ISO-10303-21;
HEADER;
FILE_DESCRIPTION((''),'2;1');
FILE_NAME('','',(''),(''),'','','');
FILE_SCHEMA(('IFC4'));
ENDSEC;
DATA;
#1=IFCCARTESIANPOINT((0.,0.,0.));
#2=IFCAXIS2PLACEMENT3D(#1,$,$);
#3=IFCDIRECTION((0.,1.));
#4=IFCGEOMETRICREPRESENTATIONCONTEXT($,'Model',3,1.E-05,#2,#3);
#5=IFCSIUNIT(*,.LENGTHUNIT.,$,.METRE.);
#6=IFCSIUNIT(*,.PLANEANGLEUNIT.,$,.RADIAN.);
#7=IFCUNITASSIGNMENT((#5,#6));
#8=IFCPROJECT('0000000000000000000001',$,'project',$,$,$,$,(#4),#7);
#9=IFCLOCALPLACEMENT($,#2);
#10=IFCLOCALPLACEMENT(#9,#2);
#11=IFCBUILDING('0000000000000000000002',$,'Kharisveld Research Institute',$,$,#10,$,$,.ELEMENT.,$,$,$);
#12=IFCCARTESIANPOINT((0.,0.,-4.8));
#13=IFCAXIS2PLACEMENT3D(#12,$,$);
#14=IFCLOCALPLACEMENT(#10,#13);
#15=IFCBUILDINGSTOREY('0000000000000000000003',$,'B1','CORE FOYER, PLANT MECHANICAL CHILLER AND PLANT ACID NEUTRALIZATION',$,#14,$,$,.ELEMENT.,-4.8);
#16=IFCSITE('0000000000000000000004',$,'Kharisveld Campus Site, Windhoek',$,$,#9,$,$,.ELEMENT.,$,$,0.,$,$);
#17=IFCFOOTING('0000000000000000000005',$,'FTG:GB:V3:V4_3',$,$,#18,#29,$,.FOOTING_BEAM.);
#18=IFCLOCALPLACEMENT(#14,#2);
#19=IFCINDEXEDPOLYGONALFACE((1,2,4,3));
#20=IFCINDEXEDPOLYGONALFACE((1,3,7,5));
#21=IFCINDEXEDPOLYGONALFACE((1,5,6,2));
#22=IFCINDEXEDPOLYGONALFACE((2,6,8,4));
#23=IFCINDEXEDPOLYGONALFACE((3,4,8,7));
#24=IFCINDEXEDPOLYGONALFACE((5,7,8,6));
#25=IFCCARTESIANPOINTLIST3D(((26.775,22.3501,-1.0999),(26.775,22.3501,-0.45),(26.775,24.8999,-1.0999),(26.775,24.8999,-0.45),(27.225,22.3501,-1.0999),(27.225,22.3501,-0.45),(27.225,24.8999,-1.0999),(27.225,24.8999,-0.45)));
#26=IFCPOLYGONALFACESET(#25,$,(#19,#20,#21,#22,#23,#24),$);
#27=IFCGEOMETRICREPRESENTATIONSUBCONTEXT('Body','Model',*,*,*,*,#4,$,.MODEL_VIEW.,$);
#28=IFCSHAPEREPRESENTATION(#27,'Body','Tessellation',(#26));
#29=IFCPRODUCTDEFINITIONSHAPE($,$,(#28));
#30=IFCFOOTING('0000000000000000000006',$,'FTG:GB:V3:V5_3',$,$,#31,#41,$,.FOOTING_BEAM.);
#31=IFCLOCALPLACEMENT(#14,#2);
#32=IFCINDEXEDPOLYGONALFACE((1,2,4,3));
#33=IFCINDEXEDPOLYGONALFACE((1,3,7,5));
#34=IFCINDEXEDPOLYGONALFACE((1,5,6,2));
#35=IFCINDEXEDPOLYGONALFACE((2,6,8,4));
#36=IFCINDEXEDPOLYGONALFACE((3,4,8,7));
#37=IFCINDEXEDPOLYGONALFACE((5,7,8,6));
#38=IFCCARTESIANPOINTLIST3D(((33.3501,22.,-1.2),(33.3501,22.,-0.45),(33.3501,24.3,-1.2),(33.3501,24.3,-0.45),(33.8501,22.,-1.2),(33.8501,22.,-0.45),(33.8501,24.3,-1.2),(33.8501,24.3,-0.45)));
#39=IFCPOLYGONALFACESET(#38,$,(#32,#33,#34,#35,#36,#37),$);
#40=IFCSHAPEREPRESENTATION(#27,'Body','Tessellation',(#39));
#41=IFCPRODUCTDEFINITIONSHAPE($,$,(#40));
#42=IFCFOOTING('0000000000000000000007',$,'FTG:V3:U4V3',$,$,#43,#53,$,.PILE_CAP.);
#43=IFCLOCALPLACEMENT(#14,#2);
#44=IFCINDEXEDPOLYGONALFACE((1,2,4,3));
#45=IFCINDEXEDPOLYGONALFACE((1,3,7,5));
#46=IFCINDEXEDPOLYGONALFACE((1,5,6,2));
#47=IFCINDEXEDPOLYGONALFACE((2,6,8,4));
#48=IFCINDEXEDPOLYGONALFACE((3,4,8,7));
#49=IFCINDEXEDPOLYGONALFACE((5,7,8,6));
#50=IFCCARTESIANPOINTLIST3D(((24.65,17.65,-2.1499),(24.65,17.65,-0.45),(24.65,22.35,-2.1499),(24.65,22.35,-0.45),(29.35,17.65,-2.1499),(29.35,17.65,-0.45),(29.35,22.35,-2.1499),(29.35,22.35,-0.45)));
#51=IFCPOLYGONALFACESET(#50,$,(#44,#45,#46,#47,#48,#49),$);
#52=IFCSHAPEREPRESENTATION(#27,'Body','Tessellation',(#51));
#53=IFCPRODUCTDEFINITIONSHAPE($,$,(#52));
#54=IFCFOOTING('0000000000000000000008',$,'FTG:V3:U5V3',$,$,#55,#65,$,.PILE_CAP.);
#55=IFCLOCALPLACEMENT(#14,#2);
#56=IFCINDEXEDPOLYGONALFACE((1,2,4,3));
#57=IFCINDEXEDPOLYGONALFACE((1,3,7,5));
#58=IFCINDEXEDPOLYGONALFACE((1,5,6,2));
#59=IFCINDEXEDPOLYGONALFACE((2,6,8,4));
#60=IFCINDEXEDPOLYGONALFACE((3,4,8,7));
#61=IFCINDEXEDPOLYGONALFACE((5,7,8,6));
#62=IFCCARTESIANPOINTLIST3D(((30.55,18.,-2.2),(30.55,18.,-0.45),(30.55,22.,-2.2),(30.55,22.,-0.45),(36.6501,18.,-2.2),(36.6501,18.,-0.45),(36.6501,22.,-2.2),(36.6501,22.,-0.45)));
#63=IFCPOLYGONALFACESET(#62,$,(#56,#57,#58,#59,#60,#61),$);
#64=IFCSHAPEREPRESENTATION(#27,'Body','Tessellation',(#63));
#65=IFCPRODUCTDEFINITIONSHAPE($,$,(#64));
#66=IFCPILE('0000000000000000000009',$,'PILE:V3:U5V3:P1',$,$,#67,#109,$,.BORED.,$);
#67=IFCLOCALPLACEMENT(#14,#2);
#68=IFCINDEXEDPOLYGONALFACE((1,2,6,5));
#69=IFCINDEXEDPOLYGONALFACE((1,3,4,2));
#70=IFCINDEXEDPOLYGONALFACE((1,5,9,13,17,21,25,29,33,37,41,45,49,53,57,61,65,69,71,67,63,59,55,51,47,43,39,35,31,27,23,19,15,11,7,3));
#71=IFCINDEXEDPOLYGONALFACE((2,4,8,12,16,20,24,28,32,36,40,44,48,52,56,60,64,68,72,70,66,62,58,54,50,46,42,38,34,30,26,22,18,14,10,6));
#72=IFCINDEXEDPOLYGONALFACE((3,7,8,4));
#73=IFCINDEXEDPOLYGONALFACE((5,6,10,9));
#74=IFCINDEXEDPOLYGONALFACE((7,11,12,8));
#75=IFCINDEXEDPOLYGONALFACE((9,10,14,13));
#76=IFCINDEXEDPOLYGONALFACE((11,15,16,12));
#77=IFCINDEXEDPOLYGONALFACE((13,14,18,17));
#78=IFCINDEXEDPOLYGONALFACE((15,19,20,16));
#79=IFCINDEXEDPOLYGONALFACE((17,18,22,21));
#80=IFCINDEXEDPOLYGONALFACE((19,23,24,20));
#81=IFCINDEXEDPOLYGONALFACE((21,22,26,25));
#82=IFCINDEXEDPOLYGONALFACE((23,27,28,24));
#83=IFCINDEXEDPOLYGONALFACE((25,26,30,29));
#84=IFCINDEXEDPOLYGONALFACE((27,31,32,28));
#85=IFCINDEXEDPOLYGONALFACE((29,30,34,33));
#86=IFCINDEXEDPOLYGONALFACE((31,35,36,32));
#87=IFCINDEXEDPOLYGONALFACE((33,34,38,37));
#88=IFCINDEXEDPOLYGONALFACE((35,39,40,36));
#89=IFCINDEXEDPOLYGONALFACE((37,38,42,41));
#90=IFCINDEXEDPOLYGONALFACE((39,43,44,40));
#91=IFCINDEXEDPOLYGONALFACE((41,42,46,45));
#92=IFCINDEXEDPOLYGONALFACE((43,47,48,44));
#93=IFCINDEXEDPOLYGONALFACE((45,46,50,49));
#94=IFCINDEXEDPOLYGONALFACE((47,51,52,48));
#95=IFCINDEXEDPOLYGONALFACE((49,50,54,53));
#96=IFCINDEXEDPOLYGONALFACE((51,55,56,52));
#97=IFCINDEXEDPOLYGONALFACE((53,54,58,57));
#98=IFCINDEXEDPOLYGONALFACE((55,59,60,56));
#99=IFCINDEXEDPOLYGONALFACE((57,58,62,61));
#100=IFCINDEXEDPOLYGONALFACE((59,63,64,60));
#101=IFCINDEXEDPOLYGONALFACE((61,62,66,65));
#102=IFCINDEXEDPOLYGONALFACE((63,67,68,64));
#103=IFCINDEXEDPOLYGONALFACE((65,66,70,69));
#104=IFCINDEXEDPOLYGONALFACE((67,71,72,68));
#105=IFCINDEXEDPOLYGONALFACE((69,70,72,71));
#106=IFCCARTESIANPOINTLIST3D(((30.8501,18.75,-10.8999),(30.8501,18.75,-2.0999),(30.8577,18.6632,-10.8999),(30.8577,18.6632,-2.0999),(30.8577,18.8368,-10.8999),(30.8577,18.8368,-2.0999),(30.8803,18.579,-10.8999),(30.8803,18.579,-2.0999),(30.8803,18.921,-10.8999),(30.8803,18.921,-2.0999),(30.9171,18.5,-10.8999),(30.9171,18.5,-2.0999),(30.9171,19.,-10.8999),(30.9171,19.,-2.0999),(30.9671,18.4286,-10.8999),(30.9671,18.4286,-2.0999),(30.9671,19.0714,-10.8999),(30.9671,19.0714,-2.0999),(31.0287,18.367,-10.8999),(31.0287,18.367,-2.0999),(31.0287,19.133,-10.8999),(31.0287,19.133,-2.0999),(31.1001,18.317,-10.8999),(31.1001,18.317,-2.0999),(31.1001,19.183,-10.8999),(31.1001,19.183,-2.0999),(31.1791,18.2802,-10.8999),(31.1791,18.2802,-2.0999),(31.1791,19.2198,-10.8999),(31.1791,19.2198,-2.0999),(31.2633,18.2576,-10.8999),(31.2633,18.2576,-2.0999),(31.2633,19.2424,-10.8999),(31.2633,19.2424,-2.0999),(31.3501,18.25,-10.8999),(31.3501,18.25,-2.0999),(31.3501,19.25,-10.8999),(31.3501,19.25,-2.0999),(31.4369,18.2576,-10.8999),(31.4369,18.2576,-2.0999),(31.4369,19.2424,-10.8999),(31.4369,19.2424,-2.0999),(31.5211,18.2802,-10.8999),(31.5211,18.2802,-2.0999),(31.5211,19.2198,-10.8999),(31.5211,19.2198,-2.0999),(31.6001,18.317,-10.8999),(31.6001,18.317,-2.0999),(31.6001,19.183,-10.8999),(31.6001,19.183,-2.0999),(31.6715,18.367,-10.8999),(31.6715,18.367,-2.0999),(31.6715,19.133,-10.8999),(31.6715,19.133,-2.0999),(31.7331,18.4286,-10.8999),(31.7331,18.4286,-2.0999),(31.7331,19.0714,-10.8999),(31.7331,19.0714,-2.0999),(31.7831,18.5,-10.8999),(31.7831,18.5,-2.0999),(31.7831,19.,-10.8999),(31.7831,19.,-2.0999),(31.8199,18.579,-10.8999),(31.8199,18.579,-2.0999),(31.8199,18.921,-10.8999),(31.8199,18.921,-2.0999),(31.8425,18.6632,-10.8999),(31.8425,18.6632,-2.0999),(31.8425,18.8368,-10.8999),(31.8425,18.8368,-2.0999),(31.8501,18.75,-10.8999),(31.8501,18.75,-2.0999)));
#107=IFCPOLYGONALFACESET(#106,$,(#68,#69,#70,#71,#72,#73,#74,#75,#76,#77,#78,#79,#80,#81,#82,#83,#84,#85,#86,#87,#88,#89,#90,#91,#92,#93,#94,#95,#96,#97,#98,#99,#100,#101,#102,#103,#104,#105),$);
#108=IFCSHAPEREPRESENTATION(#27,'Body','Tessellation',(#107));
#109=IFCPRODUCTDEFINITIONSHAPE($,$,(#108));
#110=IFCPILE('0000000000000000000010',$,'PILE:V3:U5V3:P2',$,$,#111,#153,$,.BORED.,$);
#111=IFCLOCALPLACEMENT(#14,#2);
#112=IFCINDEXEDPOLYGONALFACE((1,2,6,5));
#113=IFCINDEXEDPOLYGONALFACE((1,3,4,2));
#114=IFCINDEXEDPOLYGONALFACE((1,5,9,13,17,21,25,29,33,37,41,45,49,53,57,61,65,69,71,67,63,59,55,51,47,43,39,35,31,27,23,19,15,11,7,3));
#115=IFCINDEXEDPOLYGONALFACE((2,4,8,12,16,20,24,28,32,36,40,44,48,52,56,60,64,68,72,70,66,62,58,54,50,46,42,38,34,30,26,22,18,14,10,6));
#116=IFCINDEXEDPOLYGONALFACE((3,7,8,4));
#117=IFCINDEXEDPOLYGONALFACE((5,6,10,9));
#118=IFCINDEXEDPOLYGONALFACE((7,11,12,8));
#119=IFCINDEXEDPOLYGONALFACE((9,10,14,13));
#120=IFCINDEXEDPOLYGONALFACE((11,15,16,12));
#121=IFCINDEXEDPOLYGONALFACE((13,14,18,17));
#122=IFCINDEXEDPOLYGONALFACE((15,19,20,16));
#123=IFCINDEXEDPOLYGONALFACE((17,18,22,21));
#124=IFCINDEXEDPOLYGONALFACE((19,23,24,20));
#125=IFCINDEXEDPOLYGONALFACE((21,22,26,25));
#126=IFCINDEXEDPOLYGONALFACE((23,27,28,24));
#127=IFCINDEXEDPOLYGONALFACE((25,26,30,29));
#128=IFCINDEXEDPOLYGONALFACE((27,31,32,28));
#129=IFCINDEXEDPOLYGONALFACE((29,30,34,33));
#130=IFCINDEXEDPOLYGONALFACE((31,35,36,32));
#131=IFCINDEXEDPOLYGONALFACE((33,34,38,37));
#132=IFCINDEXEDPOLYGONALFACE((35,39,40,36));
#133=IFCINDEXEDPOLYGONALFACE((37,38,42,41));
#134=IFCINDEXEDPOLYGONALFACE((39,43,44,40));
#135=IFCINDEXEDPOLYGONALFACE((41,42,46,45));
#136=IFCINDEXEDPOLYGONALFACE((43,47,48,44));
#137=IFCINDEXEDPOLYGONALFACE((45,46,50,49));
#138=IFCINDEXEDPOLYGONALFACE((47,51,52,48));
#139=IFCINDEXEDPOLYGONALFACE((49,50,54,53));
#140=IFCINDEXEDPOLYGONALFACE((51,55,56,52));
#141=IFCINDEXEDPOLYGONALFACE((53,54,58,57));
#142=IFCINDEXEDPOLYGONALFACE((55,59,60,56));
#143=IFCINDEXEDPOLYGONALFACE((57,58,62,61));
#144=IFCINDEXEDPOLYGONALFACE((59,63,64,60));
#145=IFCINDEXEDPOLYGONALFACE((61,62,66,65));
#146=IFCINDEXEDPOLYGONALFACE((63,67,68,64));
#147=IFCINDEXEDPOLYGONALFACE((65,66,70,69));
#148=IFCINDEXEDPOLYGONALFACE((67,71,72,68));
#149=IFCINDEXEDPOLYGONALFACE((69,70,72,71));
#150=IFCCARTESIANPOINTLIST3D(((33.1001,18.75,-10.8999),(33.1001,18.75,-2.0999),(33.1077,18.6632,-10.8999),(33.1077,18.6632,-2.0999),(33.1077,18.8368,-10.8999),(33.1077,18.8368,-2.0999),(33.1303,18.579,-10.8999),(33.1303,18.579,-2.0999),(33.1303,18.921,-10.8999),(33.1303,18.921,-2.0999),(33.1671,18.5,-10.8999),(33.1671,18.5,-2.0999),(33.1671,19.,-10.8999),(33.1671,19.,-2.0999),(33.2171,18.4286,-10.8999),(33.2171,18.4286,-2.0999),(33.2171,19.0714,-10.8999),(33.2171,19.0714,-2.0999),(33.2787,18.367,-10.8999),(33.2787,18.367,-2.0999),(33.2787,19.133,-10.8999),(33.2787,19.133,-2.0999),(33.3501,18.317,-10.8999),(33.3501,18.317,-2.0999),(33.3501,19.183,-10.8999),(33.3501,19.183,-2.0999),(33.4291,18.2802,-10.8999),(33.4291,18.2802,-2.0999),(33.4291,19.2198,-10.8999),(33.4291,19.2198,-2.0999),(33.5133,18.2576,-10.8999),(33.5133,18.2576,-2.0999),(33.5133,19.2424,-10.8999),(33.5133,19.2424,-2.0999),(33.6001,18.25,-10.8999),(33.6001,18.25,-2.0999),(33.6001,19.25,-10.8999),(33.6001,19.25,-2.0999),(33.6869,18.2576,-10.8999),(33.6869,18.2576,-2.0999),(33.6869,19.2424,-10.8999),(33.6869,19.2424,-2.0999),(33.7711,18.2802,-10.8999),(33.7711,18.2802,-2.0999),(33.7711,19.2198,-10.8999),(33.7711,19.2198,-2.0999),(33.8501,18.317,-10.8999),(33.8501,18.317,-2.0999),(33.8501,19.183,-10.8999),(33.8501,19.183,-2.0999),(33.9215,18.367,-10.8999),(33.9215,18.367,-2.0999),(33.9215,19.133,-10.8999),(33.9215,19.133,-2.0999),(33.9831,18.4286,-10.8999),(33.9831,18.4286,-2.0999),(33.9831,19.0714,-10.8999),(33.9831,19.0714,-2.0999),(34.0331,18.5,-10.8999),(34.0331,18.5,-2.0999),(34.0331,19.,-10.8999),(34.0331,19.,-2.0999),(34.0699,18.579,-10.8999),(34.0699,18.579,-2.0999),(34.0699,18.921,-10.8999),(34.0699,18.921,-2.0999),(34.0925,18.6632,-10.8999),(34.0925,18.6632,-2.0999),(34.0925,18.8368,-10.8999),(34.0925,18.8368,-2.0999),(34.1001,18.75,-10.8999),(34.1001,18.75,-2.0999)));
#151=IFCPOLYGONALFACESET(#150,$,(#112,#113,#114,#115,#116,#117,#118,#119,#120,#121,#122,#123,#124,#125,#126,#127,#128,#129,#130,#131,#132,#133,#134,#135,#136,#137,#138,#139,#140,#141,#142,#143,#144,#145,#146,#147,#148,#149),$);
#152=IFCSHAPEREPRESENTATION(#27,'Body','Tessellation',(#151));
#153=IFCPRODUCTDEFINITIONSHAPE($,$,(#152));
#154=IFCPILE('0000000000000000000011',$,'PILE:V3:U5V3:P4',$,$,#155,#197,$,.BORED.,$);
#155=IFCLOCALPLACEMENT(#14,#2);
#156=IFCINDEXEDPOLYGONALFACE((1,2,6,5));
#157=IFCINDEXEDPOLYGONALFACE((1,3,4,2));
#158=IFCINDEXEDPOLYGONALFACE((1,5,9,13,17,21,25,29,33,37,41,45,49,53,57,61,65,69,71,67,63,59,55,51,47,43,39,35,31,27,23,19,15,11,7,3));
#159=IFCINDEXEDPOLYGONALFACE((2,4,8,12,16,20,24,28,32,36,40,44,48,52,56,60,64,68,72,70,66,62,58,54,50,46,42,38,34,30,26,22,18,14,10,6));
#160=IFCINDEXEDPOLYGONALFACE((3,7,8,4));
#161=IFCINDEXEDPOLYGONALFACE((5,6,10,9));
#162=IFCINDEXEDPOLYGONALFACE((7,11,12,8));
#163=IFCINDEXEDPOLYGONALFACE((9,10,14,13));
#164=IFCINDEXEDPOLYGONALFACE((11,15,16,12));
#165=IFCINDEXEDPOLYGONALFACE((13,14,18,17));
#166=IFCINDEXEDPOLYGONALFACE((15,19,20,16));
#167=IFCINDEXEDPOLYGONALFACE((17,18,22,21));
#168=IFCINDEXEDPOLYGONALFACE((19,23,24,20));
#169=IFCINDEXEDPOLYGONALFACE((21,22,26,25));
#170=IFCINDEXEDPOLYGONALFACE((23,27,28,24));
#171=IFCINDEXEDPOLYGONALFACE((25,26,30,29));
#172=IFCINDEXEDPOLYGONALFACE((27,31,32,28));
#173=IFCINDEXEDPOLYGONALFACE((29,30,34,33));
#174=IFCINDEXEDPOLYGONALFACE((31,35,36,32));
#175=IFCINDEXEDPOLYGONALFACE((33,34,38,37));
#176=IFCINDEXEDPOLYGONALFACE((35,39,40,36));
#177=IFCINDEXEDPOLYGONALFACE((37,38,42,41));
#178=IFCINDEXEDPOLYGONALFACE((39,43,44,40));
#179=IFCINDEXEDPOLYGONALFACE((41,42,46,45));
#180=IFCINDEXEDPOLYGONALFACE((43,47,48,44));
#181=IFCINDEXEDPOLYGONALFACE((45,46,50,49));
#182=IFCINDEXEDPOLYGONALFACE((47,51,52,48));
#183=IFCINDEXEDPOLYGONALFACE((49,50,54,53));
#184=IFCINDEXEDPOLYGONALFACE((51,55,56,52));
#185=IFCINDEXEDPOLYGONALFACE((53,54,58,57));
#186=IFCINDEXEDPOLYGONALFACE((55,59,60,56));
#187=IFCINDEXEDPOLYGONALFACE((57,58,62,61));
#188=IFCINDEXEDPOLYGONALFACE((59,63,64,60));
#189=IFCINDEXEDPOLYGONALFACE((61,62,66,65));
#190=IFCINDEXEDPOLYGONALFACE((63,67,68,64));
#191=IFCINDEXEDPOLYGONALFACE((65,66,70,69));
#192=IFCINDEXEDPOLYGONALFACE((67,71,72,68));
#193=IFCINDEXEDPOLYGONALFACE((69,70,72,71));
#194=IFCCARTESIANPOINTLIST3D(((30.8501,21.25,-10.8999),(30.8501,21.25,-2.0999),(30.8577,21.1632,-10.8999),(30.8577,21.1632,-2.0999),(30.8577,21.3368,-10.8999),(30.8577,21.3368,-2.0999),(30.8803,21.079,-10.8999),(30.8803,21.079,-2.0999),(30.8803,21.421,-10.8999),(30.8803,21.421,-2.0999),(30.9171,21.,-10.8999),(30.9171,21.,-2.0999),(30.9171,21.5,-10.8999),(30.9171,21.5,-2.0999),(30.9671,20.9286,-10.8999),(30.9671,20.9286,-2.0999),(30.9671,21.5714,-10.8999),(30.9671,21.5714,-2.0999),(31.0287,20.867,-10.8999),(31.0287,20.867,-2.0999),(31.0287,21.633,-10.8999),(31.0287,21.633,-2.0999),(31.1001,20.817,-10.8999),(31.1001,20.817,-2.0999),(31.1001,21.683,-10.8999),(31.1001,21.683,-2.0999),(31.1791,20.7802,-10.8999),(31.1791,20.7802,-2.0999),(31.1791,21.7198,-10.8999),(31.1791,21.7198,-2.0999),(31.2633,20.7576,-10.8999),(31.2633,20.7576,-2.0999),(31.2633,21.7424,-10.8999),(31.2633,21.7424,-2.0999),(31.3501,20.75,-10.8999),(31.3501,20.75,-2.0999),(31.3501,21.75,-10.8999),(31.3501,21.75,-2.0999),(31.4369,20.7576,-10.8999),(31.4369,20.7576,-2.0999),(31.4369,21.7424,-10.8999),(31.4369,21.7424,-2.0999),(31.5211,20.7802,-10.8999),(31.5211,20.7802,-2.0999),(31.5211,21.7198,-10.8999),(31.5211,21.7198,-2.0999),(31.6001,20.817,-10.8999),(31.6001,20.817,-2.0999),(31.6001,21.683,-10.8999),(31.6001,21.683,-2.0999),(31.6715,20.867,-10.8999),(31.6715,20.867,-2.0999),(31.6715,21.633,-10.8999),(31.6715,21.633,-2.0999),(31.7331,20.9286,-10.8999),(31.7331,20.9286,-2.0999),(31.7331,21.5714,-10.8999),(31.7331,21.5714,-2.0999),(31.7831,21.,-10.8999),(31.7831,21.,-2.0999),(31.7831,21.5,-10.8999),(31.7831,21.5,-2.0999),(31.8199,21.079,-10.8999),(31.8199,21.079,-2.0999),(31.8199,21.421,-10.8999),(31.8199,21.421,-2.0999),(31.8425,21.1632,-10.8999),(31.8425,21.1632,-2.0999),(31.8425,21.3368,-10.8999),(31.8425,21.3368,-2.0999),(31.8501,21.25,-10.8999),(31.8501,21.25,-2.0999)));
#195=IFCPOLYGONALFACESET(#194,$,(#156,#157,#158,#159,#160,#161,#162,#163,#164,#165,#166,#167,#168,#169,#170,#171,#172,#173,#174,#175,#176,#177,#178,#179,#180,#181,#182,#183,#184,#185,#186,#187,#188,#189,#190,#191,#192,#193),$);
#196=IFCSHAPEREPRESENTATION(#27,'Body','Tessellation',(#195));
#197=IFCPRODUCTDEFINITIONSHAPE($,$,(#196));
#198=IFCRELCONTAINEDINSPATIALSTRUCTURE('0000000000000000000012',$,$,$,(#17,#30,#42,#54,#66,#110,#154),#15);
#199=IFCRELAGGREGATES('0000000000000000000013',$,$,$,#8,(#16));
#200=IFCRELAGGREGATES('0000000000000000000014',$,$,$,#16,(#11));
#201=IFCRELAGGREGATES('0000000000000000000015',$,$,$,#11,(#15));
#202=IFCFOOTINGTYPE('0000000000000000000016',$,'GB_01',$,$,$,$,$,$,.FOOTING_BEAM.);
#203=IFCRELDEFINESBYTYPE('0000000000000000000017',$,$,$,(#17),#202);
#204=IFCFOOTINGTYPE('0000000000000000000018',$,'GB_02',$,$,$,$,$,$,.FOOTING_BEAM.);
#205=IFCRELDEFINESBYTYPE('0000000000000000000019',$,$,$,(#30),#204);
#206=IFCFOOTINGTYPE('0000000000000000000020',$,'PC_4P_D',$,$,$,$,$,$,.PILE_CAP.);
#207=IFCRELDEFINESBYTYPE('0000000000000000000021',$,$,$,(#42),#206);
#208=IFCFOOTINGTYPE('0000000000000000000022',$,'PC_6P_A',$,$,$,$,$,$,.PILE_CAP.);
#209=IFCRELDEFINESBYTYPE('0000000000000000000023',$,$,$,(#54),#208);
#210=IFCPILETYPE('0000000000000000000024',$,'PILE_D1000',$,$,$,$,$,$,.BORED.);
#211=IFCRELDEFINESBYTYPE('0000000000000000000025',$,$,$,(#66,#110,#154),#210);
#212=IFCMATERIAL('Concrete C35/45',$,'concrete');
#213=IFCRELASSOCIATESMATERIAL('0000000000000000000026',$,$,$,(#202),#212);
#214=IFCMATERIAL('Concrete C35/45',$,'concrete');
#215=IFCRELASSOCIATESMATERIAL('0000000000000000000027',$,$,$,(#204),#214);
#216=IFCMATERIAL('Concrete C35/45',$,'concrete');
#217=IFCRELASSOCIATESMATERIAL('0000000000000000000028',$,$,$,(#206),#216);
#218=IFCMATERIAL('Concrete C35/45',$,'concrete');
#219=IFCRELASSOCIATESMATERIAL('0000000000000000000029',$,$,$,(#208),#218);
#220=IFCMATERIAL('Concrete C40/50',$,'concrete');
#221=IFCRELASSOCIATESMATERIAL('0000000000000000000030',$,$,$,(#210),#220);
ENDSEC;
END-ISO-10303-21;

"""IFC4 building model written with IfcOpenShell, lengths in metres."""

from ifc_helpers import new_model, si_unit, direction, frame, origin, origin_2d, place, context, subcontext, project, spatial, rectangle, circle, extrude, material, material_profile, profile_set, type_object, element, save


model = new_model("IFC4")

# Units and contexts
model_context = context("Model", 3, precision=1e-05, world=origin(), true_north=direction((0.0, 1.0)))
body_context = subcontext(model_context, "Body", "Model", "MODEL_VIEW")
ifc_project = project(units=[si_unit("LENGTHUNIT", "METRE"), si_unit("PLANEANGLEUNIT", "RADIAN")], contexts=[model_context])

# Site, building, storey
site_placement = place(None, origin())
site = spatial("IfcSite", under=ifc_project, at=site_placement, Name="Kharisveld Campus Site, Windhoek", CompositionType="ELEMENT", RefElevation=0.0)
building_placement = place(site_placement, origin())
building = spatial("IfcBuilding", under=site, at=building_placement, Name="Kharisveld Research Institute", CompositionType="ELEMENT")
storey_placement = place(building_placement, frame((0.0, 0.0, -4.8)))
storey = spatial("IfcBuildingStorey", under=building, at=storey_placement, Name="B1", Description="CORE FOYER, PLANT MECHANICAL CHILLER AND PLANT ACID NEUTRALIZATION", CompositionType="ELEMENT", Elevation=-4.8)

# Footings
ifc_material_1 = material(Name="Concrete C35/45", Category="concrete")
ifc_material_profile_1 = material_profile(ifc_material_1, rectangle(XDim=0.45, YDim=0.6499, at=origin_2d()))
ifc_profile_set_1 = profile_set([ifc_material_profile_1], Name="Concrete C35/45")
footing_type_1 = type_object("IfcFootingType", Name="GB_01", PredefinedType="FOOTING_BEAM", material=ifc_profile_set_1)
footing_1_placement = place(storey_placement, frame((27.0, 22.3501, -0.7749), z_axis=(0.0, 1.0, 0.0), x_axis=(-1.0, 0.0, 0.0)))
element("IfcFooting", 1, at=footing_1_placement, inside=storey, type_object=footing_type_1, Name="FTG:GB:V3:V4_3", PredefinedType="FOOTING_BEAM", context=body_context, shape_type="SweptSolid", body=[
    extrude(rectangle(XDim=0.45, YDim=0.6499, at=origin_2d()), origin(), (0.0, 0.0, 1.0), 2.5498),
])
ifc_material_2 = material(Name="Concrete C35/45", Category="concrete")
ifc_material_profile_2 = material_profile(ifc_material_2, rectangle(XDim=0.5, YDim=0.75, at=origin_2d()))
ifc_profile_set_2 = profile_set([ifc_material_profile_2], Name="Concrete C35/45")
footing_type_2 = type_object("IfcFootingType", Name="GB_02", PredefinedType="FOOTING_BEAM", material=ifc_profile_set_2)
footing_2_placement = place(storey_placement, frame((33.6001, 22.0, -0.825), z_axis=(0.0, 1.0, 0.0), x_axis=(-1.0, 0.0, 0.0)))
element("IfcFooting", 2, at=footing_2_placement, inside=storey, type_object=footing_type_2, Name="FTG:GB:V3:V5_3", PredefinedType="FOOTING_BEAM", context=body_context, shape_type="SweptSolid", body=[
    extrude(rectangle(XDim=0.5, YDim=0.75, at=origin_2d()), origin(), (0.0, 0.0, 1.0), 2.3),
])
ifc_material_3 = material(Name="Concrete C35/45", Category="concrete")
footing_type_3 = type_object("IfcFootingType", Name="PC_4P_D", PredefinedType="PILE_CAP", material=ifc_material_3)
footing_3_placement = place(storey_placement, frame((27.0, 20.0, -2.1499), z_axis=(0.0, 0.0, 1.0), x_axis=(1.0, 0.0, 0.0)))
element("IfcFooting", 3, at=footing_3_placement, inside=storey, type_object=footing_type_3, Name="FTG:V3:U4V3", PredefinedType="PILE_CAP", context=body_context, shape_type="SweptSolid", body=[
    extrude(rectangle(XDim=4.7, YDim=4.7, at=origin_2d()), origin(), (0.0, 0.0, 1.0), 1.7),
])
ifc_material_4 = material(Name="Concrete C35/45", Category="concrete")
footing_type_4 = type_object("IfcFootingType", Name="PC_6P_A", PredefinedType="PILE_CAP", material=ifc_material_4)
footing_4_placement = place(storey_placement, frame((33.6001, 20.0, -2.2), z_axis=(0.0, 0.0, 1.0), x_axis=(1.0, 0.0, 0.0)))
element("IfcFooting", 4, at=footing_4_placement, inside=storey, type_object=footing_type_4, Name="FTG:V3:U5V3", PredefinedType="PILE_CAP", context=body_context, shape_type="SweptSolid", body=[
    extrude(rectangle(XDim=6.1001, YDim=4.0, at=origin_2d()), origin(), (0.0, 0.0, 1.0), 1.75),
])

# Piles
ifc_material_5 = material(Name="Concrete C40/50", Category="concrete")
ifc_material_profile_3 = material_profile(ifc_material_5, circle(Radius=0.5, at=origin_2d()))
ifc_profile_set_3 = profile_set([ifc_material_profile_3], Name="Concrete C40/50")
pile_type_1 = type_object("IfcPileType", Name="PILE_D1000", PredefinedType="BORED", material=ifc_profile_set_3)
for number, where, z_axis, x_axis, name in (
    (5, (31.3501, 18.75, -2.0999), (0.0, 0.0, -1.0), (1.0, 0.0, 0.0), "PILE:V3:U5V3:P1"),
    (6, (33.6001, 18.75, -2.0999), (0.0, 0.0, -1.0), (1.0, 0.0, 0.0), "PILE:V3:U5V3:P2"),
    (7, (31.3501, 21.25, -2.0999), (0.0, 0.0, -1.0), (1.0, 0.0, 0.0), "PILE:V3:U5V3:P4"),
):
    element("IfcPile", number, at=place(storey_placement, frame(where, z_axis=z_axis, x_axis=x_axis)), inside=storey, type_object=pile_type_1, Name=name, PredefinedType="BORED", context=body_context, shape_type="SweptSolid", body=[
        extrude(circle(Radius=0.5, at=origin_2d()), origin(), (0.0, 0.0, 1.0), 8.8),
    ])

save(model, "model.ifc")
